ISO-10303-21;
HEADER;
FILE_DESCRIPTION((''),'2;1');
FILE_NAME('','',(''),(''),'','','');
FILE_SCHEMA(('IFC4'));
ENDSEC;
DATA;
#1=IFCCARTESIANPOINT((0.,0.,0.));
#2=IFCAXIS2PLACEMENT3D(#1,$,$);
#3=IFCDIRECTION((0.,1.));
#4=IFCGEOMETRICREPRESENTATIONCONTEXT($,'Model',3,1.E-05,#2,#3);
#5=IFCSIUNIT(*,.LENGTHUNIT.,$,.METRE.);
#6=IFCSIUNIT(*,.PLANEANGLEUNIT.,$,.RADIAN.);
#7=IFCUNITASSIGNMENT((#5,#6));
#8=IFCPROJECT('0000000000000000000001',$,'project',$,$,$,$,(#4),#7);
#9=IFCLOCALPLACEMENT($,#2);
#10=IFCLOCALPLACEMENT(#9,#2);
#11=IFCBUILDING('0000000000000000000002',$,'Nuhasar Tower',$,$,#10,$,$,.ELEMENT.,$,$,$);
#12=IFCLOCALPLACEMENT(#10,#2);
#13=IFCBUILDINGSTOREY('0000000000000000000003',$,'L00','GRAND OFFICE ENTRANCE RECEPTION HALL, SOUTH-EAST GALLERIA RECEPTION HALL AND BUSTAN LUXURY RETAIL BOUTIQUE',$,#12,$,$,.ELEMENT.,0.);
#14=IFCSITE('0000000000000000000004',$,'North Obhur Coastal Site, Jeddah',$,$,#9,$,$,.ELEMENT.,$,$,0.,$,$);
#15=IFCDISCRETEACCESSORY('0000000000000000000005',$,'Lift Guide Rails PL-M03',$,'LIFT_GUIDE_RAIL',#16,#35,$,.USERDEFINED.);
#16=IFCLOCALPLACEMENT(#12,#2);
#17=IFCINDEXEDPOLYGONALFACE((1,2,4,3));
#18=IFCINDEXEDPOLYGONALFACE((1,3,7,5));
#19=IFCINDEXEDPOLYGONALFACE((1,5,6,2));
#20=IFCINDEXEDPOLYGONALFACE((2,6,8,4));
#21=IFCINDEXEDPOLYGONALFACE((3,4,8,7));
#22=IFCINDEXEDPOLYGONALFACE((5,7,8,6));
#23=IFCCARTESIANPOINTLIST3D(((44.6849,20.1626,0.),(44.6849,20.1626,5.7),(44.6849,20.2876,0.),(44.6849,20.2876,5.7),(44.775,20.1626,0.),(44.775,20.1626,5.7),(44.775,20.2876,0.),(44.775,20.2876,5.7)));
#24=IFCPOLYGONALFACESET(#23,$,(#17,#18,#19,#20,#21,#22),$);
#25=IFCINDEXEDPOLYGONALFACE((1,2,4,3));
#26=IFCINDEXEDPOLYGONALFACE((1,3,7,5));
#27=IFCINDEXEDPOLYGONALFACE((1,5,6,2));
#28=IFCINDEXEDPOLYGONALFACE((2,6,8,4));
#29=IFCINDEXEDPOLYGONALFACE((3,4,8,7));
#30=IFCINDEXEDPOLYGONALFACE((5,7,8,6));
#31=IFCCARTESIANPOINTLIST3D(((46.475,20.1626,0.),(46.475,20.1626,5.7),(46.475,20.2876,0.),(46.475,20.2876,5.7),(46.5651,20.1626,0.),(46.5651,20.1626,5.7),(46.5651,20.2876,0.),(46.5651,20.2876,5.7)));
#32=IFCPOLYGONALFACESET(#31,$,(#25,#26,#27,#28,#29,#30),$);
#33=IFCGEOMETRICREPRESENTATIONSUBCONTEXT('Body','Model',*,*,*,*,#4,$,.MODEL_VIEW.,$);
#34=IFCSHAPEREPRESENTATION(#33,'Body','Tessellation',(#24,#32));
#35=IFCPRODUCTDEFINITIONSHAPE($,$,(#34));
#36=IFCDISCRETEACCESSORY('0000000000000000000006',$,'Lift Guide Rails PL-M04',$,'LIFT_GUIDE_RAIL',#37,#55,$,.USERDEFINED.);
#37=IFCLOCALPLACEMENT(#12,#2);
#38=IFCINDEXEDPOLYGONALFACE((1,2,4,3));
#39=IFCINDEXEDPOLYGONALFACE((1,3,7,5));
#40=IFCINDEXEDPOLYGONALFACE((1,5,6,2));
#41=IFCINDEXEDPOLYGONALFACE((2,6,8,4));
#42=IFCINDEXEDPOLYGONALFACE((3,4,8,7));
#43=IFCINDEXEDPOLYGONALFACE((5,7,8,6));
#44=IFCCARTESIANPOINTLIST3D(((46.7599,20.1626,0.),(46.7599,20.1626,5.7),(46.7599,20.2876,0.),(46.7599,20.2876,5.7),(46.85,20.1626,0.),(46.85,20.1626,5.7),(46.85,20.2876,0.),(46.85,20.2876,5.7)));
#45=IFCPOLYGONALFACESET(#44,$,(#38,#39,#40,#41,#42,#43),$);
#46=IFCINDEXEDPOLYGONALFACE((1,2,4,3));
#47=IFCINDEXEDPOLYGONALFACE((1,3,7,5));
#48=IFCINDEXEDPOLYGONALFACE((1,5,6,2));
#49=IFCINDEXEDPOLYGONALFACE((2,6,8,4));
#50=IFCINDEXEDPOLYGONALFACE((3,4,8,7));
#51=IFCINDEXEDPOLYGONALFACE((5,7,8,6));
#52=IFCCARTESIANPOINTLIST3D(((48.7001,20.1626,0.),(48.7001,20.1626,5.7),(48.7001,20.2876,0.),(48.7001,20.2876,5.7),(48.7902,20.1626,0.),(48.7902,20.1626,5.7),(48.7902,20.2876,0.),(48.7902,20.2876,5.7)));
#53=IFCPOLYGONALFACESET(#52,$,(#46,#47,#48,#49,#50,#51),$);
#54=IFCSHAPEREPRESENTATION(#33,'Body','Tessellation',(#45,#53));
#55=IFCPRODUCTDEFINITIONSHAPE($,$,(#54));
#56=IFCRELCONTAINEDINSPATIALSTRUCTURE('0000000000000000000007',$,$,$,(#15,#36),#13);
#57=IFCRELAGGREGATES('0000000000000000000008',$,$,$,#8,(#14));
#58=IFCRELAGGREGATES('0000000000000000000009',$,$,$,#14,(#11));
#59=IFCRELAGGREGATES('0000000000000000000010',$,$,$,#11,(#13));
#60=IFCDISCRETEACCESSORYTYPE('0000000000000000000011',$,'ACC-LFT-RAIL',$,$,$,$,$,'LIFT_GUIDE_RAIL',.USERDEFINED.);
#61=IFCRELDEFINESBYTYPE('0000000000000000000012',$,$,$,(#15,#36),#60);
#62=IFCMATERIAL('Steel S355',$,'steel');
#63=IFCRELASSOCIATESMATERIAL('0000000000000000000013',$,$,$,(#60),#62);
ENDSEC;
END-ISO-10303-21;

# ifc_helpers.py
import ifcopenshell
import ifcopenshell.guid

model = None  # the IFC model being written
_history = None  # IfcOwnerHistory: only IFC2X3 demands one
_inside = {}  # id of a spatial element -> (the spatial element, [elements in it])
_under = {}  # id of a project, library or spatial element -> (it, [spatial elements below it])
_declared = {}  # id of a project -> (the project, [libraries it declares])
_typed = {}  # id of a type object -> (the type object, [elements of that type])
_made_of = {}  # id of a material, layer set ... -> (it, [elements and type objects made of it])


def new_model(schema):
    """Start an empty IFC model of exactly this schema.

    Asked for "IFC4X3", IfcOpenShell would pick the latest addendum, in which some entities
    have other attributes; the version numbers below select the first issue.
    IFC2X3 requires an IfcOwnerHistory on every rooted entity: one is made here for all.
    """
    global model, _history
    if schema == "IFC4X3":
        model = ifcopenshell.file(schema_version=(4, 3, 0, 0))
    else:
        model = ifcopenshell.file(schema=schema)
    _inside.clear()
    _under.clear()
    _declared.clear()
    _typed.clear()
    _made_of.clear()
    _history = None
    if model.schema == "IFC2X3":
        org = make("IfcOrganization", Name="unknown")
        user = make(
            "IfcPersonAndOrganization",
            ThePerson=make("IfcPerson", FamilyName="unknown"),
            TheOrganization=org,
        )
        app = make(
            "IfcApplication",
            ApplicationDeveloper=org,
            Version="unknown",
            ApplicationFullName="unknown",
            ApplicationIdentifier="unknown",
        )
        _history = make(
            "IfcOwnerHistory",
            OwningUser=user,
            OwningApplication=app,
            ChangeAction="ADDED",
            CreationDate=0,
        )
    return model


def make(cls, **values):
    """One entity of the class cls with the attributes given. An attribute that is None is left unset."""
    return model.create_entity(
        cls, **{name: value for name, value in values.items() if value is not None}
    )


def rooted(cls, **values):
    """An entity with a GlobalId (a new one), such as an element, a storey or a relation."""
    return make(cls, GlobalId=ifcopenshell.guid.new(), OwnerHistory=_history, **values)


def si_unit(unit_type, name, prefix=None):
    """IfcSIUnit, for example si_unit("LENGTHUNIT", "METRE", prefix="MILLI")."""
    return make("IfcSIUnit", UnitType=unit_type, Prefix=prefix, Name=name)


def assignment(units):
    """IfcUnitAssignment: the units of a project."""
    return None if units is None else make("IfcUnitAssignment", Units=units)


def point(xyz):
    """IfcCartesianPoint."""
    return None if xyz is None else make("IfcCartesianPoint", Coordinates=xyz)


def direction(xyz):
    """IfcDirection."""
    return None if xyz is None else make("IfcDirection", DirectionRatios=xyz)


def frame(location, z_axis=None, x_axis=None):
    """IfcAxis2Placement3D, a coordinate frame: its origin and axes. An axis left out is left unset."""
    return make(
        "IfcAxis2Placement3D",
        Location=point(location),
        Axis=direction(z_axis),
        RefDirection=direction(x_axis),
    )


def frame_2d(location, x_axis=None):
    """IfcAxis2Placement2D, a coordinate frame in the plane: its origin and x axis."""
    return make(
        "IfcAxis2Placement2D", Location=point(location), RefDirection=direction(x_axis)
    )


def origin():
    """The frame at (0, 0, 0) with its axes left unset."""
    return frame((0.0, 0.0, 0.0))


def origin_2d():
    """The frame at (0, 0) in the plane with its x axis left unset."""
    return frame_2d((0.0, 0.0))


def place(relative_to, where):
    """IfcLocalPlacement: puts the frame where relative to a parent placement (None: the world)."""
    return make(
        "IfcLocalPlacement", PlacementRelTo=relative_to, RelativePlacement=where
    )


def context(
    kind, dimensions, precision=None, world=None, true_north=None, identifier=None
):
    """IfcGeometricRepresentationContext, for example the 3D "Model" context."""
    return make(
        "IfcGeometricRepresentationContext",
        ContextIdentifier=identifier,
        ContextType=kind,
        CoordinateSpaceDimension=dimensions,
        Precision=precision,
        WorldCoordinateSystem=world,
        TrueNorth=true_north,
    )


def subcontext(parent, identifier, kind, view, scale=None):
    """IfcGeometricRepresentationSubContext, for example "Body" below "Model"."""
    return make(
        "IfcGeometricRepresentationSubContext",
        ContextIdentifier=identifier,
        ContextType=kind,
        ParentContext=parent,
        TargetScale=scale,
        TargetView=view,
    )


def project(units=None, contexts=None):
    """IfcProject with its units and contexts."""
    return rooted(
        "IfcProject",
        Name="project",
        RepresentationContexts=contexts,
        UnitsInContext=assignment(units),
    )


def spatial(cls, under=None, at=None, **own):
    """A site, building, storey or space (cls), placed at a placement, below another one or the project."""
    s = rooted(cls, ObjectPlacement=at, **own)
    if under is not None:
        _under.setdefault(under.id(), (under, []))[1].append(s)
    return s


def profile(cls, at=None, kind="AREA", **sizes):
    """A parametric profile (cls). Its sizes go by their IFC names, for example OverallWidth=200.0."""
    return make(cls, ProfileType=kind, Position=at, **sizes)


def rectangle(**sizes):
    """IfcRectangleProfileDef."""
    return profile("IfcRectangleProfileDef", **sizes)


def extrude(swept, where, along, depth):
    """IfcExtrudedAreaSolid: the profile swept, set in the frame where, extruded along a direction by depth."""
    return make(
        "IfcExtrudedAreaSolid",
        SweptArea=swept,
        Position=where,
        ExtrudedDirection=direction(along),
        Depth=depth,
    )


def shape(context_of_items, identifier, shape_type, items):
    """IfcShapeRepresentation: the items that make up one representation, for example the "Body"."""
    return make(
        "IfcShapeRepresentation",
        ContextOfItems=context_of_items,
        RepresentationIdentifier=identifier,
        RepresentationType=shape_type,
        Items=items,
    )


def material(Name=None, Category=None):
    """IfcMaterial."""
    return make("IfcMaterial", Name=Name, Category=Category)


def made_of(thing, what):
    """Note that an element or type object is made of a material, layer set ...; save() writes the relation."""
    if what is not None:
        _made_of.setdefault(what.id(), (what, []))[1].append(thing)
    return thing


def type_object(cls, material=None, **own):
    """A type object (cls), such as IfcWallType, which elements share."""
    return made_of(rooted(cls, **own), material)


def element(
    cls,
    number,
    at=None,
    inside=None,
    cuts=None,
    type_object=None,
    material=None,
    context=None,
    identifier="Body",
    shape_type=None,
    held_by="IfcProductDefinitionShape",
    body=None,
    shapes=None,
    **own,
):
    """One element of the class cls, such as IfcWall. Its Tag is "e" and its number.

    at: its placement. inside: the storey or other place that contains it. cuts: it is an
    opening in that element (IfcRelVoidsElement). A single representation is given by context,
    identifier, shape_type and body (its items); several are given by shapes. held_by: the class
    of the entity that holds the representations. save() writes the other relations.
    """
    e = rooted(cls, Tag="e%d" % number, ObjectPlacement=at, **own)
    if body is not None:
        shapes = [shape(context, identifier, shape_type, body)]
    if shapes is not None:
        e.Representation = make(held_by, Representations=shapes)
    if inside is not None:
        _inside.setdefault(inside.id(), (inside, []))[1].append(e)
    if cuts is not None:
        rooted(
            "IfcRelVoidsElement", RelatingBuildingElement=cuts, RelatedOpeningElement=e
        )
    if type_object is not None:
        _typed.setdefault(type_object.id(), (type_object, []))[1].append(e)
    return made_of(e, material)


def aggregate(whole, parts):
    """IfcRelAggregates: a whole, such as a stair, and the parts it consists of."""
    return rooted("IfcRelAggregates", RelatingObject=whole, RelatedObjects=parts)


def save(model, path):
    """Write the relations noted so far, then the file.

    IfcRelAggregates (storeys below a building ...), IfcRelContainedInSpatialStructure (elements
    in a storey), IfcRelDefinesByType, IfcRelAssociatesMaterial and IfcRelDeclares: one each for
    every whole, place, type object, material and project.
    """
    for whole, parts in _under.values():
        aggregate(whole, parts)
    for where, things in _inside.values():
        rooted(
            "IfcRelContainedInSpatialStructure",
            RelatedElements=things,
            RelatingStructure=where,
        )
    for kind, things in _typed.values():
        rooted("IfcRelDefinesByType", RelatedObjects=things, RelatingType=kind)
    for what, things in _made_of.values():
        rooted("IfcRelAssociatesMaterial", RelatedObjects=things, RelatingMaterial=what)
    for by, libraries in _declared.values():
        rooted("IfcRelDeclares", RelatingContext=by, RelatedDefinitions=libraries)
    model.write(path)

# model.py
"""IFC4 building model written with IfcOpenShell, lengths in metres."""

from ifc_helpers import new_model, si_unit, direction, frame, origin, origin_2d, place, context, subcontext, project, spatial, rectangle, extrude, material, type_object, element, save


model = new_model("IFC4")

# Units and contexts
model_context = context("Model", 3, precision=1e-05, world=origin(), true_north=direction((0.0, 1.0)))
body_context = subcontext(model_context, "Body", "Model", "MODEL_VIEW")
ifc_project = project(units=[si_unit("LENGTHUNIT", "METRE"), si_unit("PLANEANGLEUNIT", "RADIAN")], contexts=[model_context])

# Site, building, storey
site_placement = place(None, origin())
site = spatial("IfcSite", under=ifc_project, at=site_placement, Name="North Obhur Coastal Site, Jeddah", CompositionType="ELEMENT", RefElevation=0.0)
building_placement = place(site_placement, origin())
building = spatial("IfcBuilding", under=site, at=building_placement, Name="Nuhasar Tower", CompositionType="ELEMENT")
storey_placement = place(building_placement, origin())
storey = spatial("IfcBuildingStorey", under=building, at=storey_placement, Name="L00", Description="GRAND OFFICE ENTRANCE RECEPTION HALL, SOUTH-EAST GALLERIA RECEPTION HALL AND BUSTAN LUXURY RETAIL BOUTIQUE", CompositionType="ELEMENT", Elevation=0.0)

# Discrete accessories
ifc_material_1 = material(Name="Steel S355", Category="steel")
discrete_accessory_type = type_object("IfcDiscreteAccessoryType", Name="ACC-LFT-RAIL", ElementType="LIFT_GUIDE_RAIL", PredefinedType="USERDEFINED", material=ifc_material_1)
discrete_accessory_1_placement = place(storey_placement, frame((44.73, 20.2251, 2.8501)))
element("IfcDiscreteAccessory", 1, at=discrete_accessory_1_placement, inside=storey, type_object=discrete_accessory_type, Name="Lift Guide Rails PL-M03", ObjectType="LIFT_GUIDE_RAIL", PredefinedType="USERDEFINED", context=body_context, shape_type="SweptSolid", body=[
    extrude(rectangle(XDim=0.0901, YDim=0.125, at=origin_2d()), frame((0.0, 0.0, -2.8501), z_axis=(0.0, 0.0, 1.0), x_axis=(1.0, 0.0, 0.0)), (0.0, 0.0, 1.0), 5.7),
    extrude(rectangle(XDim=0.0901, YDim=0.125, at=origin_2d()), frame((1.79, 0.0, -2.8501), z_axis=(0.0, 0.0, 1.0), x_axis=(1.0, 0.0, 0.0)), (0.0, 0.0, 1.0), 5.7),
])
discrete_accessory_2_placement = place(storey_placement, frame((46.8049, 20.2251, 2.8501)))
element("IfcDiscreteAccessory", 2, at=discrete_accessory_2_placement, inside=storey, type_object=discrete_accessory_type, Name="Lift Guide Rails PL-M04", ObjectType="LIFT_GUIDE_RAIL", PredefinedType="USERDEFINED", context=body_context, shape_type="SweptSolid", body=[
    extrude(rectangle(XDim=0.0901, YDim=0.125, at=origin_2d()), frame((0.0, 0.0, -2.8501), z_axis=(0.0, 0.0, 1.0), x_axis=(1.0, 0.0, 0.0)), (0.0, 0.0, 1.0), 5.7),
    extrude(rectangle(XDim=0.0901, YDim=0.125, at=origin_2d()), frame((1.9402, 0.0, -2.8501), z_axis=(0.0, 0.0, 1.0), x_axis=(1.0, 0.0, 0.0)), (0.0, 0.0, 1.0), 5.7),
])

save(model, "model.ifc")
